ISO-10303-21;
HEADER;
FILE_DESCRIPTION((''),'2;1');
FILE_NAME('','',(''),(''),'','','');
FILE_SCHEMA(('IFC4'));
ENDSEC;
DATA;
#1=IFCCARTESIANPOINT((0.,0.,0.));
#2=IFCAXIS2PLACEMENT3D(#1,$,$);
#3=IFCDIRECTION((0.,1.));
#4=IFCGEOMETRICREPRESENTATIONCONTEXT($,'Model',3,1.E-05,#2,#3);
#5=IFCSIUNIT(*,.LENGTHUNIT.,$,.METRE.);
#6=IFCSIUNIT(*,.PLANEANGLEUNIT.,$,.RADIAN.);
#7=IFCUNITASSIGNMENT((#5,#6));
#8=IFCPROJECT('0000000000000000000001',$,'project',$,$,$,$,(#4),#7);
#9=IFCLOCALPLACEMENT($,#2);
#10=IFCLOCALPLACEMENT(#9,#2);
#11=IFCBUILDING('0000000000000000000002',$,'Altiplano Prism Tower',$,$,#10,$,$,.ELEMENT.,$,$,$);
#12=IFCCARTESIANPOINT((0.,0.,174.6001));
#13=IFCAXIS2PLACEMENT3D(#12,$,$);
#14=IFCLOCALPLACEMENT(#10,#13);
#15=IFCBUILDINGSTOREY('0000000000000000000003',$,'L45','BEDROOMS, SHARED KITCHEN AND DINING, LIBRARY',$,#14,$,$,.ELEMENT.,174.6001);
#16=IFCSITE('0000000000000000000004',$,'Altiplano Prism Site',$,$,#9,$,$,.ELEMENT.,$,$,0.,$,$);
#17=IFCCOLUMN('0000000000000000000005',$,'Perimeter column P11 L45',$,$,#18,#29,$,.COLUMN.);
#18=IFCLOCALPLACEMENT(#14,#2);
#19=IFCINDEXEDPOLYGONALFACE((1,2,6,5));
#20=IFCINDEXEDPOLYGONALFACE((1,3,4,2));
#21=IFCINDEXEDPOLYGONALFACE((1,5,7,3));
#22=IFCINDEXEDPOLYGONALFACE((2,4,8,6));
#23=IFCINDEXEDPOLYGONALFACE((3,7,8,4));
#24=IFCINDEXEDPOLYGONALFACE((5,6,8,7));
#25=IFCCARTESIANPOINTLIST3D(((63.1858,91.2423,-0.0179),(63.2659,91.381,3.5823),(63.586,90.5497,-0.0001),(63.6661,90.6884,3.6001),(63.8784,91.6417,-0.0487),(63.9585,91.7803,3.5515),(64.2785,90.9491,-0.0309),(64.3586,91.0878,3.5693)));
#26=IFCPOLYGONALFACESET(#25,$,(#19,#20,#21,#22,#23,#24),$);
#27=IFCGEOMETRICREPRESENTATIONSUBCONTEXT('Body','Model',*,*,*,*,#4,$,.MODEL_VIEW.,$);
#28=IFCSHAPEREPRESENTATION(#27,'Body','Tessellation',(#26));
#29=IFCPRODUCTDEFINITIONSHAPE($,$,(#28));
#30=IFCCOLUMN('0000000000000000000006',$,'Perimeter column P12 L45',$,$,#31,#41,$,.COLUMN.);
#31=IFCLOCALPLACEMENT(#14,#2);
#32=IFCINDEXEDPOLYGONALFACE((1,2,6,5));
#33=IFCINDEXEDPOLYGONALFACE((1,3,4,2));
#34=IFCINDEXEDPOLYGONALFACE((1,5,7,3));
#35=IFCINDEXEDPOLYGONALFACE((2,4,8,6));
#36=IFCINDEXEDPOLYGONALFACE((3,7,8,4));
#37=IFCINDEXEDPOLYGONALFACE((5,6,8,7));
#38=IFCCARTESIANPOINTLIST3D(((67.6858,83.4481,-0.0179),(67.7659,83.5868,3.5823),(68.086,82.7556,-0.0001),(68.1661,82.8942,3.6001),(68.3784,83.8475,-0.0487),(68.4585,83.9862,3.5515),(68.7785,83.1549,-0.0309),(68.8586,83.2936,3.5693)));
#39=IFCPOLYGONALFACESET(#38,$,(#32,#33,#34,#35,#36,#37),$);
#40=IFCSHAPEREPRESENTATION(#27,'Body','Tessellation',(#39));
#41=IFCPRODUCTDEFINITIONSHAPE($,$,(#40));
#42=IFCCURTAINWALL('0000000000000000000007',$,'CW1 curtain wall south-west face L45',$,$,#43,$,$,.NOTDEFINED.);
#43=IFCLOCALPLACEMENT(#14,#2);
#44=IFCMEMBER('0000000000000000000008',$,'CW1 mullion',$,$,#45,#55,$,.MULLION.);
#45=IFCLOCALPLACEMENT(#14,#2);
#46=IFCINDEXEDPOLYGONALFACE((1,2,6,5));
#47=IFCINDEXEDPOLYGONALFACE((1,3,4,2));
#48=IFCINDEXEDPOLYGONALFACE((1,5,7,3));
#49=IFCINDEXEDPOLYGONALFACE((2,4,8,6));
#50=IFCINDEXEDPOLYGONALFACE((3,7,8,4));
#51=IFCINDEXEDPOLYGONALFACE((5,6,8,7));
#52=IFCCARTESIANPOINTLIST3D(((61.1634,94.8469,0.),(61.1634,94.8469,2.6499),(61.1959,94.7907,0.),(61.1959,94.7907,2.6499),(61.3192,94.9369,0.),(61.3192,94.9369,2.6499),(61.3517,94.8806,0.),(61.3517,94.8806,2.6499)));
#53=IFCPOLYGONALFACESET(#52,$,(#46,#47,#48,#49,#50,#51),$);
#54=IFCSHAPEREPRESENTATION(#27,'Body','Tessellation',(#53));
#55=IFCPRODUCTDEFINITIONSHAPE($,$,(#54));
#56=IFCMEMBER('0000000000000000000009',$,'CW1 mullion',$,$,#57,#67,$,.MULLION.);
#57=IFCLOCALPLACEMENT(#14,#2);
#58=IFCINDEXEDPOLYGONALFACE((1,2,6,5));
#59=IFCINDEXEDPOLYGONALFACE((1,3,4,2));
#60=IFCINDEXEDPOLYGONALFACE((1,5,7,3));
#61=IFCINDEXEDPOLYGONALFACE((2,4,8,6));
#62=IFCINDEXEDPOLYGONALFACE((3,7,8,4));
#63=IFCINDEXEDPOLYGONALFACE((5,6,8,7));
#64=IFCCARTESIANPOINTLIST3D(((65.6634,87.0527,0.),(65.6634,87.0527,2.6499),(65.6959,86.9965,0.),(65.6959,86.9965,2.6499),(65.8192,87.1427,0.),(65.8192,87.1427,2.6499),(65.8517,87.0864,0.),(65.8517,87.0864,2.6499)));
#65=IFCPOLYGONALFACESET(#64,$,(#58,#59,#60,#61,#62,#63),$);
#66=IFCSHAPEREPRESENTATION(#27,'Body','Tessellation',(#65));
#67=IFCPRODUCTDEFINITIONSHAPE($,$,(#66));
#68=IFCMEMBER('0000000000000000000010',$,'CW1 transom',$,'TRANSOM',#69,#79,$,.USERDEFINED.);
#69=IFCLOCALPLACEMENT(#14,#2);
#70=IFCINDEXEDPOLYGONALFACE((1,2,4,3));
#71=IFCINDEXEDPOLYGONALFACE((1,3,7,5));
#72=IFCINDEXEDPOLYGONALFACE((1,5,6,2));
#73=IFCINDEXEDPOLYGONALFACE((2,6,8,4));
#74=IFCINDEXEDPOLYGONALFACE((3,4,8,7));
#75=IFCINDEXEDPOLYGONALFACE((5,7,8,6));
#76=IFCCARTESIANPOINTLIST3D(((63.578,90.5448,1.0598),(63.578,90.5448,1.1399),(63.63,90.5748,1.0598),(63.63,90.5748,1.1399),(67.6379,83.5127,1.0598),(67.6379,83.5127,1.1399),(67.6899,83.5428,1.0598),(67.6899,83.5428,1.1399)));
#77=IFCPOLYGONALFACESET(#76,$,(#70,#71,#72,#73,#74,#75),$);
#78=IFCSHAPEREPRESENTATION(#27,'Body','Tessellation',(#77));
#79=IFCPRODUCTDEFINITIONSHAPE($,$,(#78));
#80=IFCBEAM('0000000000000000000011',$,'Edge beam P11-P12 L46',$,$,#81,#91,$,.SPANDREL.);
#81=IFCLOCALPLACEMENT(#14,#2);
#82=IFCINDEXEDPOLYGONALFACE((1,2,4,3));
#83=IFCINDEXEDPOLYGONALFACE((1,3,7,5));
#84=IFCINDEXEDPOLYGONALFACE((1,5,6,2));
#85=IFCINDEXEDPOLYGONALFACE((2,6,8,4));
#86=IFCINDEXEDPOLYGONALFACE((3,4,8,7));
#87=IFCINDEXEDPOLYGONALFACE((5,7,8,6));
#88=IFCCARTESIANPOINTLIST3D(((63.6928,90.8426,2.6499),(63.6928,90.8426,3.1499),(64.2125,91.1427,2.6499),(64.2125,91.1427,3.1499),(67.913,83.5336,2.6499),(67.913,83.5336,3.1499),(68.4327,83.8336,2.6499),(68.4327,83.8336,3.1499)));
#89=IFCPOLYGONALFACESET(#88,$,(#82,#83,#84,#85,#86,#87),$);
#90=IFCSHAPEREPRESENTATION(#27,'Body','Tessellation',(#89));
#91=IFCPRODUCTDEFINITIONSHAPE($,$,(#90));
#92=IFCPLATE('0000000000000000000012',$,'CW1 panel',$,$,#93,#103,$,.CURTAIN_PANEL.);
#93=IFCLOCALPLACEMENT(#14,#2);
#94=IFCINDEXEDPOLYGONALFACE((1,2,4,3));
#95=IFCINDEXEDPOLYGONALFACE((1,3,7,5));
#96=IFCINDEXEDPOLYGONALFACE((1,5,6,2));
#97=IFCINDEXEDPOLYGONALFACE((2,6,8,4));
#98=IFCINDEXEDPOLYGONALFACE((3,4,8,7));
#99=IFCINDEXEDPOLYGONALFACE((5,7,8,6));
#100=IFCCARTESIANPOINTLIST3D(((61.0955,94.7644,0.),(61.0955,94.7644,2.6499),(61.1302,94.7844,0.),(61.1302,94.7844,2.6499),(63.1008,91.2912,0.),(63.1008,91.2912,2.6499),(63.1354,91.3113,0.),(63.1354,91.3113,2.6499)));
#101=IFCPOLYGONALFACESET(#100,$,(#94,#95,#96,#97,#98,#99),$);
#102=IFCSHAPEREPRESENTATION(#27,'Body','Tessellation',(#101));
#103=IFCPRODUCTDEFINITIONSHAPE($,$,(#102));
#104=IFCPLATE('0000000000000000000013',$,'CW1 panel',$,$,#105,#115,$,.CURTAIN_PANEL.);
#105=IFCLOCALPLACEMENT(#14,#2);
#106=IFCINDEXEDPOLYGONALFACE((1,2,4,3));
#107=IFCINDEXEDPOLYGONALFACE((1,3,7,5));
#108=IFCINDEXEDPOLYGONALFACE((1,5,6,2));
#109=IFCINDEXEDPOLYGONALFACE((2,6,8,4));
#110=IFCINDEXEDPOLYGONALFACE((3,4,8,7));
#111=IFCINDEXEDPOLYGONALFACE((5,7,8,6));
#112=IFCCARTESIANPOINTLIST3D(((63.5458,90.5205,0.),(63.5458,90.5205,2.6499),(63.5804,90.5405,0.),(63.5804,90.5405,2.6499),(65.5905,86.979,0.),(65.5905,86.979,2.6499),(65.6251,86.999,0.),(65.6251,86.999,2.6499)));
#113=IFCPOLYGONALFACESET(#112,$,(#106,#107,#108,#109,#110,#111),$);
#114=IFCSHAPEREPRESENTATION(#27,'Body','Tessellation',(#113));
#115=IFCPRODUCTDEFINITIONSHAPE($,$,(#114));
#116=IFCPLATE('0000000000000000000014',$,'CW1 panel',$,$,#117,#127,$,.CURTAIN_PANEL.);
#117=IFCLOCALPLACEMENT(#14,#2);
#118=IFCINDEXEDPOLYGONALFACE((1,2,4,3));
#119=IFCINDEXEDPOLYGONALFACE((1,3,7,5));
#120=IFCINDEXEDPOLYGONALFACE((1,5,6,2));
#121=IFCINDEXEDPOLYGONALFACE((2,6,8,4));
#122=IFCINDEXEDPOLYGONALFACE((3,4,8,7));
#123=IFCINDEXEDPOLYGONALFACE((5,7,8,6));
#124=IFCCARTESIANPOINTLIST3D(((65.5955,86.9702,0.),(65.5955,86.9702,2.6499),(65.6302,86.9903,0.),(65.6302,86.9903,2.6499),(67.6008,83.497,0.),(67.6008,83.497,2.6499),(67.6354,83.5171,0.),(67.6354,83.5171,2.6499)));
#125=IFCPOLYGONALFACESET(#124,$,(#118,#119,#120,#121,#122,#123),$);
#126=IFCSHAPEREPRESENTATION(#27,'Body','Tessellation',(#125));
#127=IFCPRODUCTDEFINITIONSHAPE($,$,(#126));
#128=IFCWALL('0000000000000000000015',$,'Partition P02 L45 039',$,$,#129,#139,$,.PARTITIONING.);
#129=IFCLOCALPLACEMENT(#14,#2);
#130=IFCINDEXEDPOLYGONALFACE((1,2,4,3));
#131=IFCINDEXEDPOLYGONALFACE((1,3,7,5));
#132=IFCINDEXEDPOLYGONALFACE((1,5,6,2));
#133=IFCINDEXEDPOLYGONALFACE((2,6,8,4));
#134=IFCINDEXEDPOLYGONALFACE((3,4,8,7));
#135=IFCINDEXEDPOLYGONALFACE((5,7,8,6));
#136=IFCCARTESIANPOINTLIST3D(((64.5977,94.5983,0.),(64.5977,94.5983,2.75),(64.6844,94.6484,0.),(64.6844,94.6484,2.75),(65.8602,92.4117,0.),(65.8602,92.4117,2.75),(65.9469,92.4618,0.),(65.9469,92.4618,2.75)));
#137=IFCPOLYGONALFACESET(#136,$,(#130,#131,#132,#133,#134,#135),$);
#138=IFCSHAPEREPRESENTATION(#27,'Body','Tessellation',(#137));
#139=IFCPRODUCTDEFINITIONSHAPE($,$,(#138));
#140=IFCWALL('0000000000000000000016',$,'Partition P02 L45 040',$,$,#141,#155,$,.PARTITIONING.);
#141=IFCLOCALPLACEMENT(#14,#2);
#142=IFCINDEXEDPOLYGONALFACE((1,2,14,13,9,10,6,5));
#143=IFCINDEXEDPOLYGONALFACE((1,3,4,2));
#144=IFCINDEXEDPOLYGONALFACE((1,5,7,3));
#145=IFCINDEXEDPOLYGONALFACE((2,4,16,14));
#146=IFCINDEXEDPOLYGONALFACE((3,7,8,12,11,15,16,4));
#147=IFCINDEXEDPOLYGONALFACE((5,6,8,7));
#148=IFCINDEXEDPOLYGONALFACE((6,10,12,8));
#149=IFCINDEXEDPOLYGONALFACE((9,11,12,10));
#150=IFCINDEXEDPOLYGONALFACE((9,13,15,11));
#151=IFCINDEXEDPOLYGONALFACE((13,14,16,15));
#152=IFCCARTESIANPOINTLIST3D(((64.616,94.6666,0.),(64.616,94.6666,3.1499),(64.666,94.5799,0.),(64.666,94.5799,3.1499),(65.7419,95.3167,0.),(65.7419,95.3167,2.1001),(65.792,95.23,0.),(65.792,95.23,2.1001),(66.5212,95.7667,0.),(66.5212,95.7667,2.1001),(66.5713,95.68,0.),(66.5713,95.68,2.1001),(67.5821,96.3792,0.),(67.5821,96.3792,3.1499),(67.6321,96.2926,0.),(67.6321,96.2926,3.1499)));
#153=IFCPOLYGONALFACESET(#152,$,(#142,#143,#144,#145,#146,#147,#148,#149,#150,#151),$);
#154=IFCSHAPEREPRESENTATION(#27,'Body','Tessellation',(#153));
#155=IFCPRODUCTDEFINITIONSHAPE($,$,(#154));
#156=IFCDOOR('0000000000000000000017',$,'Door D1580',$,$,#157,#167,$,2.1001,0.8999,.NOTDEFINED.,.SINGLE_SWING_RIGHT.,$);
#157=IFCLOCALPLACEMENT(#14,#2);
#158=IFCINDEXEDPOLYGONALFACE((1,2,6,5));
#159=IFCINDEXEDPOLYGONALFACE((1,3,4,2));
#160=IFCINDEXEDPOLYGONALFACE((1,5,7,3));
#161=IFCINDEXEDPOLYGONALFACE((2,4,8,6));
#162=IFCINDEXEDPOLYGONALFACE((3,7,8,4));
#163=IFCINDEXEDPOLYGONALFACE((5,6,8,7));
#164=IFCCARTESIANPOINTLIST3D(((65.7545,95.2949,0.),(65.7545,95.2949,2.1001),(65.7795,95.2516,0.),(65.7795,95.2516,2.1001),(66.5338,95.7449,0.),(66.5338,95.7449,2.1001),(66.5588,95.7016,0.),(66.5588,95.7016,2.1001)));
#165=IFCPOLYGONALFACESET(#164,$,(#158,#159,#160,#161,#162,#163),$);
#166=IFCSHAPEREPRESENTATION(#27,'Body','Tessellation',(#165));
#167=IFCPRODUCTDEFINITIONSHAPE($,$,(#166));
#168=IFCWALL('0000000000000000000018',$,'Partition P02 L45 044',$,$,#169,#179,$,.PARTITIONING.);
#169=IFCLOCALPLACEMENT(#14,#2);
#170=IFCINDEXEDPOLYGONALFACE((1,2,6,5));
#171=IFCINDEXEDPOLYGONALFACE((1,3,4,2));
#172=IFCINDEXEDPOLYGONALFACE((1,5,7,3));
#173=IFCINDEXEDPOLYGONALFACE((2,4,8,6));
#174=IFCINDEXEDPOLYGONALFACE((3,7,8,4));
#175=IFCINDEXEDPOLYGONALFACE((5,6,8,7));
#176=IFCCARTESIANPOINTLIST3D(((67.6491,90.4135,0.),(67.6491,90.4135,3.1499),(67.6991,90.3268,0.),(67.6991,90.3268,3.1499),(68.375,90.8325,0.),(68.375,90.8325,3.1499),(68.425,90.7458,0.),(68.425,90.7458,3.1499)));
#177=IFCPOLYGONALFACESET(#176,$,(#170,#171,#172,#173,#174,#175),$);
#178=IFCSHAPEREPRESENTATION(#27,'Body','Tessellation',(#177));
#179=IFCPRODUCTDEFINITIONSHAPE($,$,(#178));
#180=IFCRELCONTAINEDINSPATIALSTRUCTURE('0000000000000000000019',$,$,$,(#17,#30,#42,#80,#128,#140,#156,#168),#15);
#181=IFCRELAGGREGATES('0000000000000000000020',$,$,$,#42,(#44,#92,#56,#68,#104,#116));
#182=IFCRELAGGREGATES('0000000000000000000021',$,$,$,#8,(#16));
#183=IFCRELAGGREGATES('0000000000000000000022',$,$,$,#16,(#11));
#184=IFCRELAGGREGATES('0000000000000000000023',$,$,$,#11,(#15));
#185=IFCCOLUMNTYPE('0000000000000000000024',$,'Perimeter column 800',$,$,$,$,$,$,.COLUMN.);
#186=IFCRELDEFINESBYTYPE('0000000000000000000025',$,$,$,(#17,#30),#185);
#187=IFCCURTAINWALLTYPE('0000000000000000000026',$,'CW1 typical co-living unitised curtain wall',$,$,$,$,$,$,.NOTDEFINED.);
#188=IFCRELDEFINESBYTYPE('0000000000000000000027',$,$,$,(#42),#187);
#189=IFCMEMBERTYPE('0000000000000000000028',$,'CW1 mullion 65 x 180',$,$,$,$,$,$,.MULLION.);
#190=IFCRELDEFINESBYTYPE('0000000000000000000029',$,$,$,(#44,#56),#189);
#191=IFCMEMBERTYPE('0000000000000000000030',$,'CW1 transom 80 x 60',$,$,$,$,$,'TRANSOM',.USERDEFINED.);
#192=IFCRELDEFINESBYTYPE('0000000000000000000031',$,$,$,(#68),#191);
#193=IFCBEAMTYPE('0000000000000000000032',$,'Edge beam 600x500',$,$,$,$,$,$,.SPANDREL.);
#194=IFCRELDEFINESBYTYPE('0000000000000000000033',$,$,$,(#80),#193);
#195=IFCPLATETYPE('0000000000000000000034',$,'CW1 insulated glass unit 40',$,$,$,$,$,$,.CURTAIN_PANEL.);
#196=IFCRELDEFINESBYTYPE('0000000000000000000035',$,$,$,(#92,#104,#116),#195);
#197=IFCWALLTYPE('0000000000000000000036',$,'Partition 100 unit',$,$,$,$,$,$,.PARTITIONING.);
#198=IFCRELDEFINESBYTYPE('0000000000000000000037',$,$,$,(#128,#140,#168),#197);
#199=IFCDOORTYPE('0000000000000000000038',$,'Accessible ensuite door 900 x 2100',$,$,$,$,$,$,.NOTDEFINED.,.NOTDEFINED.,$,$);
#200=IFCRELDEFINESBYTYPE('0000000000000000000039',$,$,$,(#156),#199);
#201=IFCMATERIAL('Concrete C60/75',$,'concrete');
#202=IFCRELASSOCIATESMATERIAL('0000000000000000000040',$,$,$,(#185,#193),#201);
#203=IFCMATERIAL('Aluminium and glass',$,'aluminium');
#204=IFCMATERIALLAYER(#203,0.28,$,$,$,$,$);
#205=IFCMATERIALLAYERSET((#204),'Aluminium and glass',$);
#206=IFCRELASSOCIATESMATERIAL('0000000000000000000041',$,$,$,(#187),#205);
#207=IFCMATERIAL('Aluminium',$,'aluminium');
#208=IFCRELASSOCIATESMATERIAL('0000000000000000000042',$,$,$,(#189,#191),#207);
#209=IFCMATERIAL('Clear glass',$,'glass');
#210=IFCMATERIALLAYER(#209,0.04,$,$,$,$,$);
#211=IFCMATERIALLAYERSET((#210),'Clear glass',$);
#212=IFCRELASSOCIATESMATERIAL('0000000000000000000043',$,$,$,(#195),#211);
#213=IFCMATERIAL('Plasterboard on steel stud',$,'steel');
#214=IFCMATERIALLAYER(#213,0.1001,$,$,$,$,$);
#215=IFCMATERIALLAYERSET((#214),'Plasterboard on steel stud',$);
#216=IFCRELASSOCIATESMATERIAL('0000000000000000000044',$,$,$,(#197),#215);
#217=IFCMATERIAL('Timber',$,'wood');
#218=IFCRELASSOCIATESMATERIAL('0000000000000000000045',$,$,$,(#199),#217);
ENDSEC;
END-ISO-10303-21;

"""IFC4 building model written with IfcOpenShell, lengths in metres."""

from ifc_helpers import new_model, si_unit, direction, frame, frame_2d, origin, origin_2d, place, context, subcontext, project, spatial, rectangle, extrude, material, layer, layer_set, material_profile, profile_set, type_object, element, fill, aggregate, save


model = new_model("IFC4")

# Units and contexts
model_context = context("Model", 3, precision=1e-05, world=origin(), true_north=direction((0.0, 1.0)))
body_context = subcontext(model_context, "Body", "Model", "MODEL_VIEW")
ifc_project = project(units=[si_unit("LENGTHUNIT", "METRE"), si_unit("PLANEANGLEUNIT", "RADIAN")], contexts=[model_context])

# Site, building, storey
site_placement = place(None, origin())
site = spatial("IfcSite", under=ifc_project, at=site_placement, Name="Altiplano Prism Site", CompositionType="ELEMENT", RefElevation=0.0)
building_placement = place(site_placement, origin())
building = spatial("IfcBuilding", under=site, at=building_placement, Name="Altiplano Prism Tower", CompositionType="ELEMENT")
storey_placement = place(building_placement, frame((0.0, 0.0, 174.6001)))
storey = spatial("IfcBuildingStorey", under=building, at=storey_placement, Name="L45", Description="BEDROOMS, SHARED KITCHEN AND DINING, LIBRARY", CompositionType="ELEMENT", Elevation=174.6001)

# Columns
ifc_material_1 = material(Name="Concrete C60/75", Category="concrete")
ifc_material_profile_1 = material_profile(ifc_material_1, rectangle(XDim=0.8, YDim=0.8, at=origin_2d()), Name="Perimeter column 800")
ifc_profile_set_1 = profile_set([ifc_material_profile_1], Name="Concrete C60/75")
column_type = type_object("IfcColumnType", Name="Perimeter column 800", PredefinedType="COLUMN", material=ifc_profile_set_1)
for number, where, z_axis, x_axis, name in (
    (1, (63.7322, 91.0957, -0.0244), (0.022221, 0.038481, 0.999012), (-0.865644, -0.499179, 0.038483), "Perimeter column P11 L45"),
    (2, (68.2322, 83.3015, -0.0244), (0.022221, 0.038481, 0.999012), (-0.865642, -0.499182, 0.038483), "Perimeter column P12 L45"),
):
    element("IfcColumn", number, at=place(storey_placement, frame(where, z_axis=z_axis, x_axis=x_axis)), inside=storey, type_object=column_type, Name=name, PredefinedType="COLUMN", context=body_context, shape_type="SweptSolid", body=[
        extrude(rectangle(XDim=0.8, YDim=0.8, at=origin_2d()), origin(), (0.0, 0.0, 1.0), 3.6038),
    ])

# Curtain wall, members
ifc_material_2 = material(Name="Aluminium and glass", Category="aluminium")
ifc_layer_1 = layer(ifc_material_2, 0.28)
ifc_layer_set_1 = layer_set([ifc_layer_1], Name="Aluminium and glass")
curtain_wall_type = type_object("IfcCurtainWallType", Name="CW1 typical co-living unitised curtain wall", PredefinedType="NOTDEFINED", material=ifc_layer_set_1)
curtain_wall_placement = place(storey_placement, origin())
curtain_wall = element("IfcCurtainWall", 3, at=curtain_wall_placement, inside=storey, type_object=curtain_wall_type, Name="CW1 curtain wall south-west face L45", PredefinedType="NOTDEFINED")
ifc_material_3 = material(Name="Aluminium", Category="aluminium")
ifc_material_profile_2 = material_profile(ifc_material_3, rectangle(XDim=0.1799, YDim=0.0649, at=origin_2d()), Name="CW1 mullion 65 x 180")
ifc_profile_set_2 = profile_set([ifc_material_profile_2], Name="Aluminium")
member_type_1 = type_object("IfcMemberType", Name="CW1 mullion 65 x 180", PredefinedType="MULLION", material=ifc_profile_set_2)
member_1_placement = place(storey_placement, frame((61.2576, 94.8638, 0.0), z_axis=(0.0, 0.0, 1.0), x_axis=(0.866025, 0.5, 0.0)))
member_1 = element("IfcMember", 4, at=member_1_placement, type_object=member_type_1, Name="CW1 mullion", PredefinedType="MULLION", context=body_context, shape_type="SweptSolid", body=[
    extrude(rectangle(XDim=0.1799, YDim=0.0649, at=origin_2d()), origin(), (0.0, 0.0, 1.0), 2.6499),
])
member_2_placement = place(storey_placement, frame((65.7576, 87.0696, 0.0), z_axis=(0.0, 0.0, 1.0), x_axis=(0.866025, 0.5, 0.0)))
member_2 = element("IfcMember", 5, at=member_2_placement, type_object=member_type_1, Name="CW1 mullion", PredefinedType="MULLION", context=body_context, shape_type="SweptSolid", body=[
    extrude(rectangle(XDim=0.1799, YDim=0.0649, at=origin_2d()), origin(), (0.0, 0.0, 1.0), 2.6499),
])
ifc_material_profile_3 = material_profile(ifc_material_3, rectangle(XDim=0.0601, YDim=0.0801, at=origin_2d()), Name="CW1 transom 80 x 60")
ifc_profile_set_3 = profile_set([ifc_material_profile_3], Name="Aluminium")
member_type_2 = type_object("IfcMemberType", Name="CW1 transom 80 x 60", ElementType="TRANSOM", PredefinedType="USERDEFINED", material=ifc_profile_set_3)
member_3_placement = place(storey_placement, frame((63.604, 90.5598, 1.0999), z_axis=(0.499991, -0.866031, 0.0), x_axis=(0.866031, 0.499991, 0.0)))
member_3 = element("IfcMember", 6, at=member_3_placement, type_object=member_type_2, Name="CW1 transom", ObjectType="TRANSOM", PredefinedType="USERDEFINED", context=body_context, shape_type="SweptSolid", body=[
    extrude(rectangle(XDim=0.0601, YDim=0.0801, at=origin_2d()), origin(), (0.0, 0.0, 1.0), 8.1199),
])

# Beam
ifc_material_profile_4 = material_profile(ifc_material_1, rectangle(XDim=0.6001, YDim=0.5, at=origin_2d()), Name="Edge beam 600x500")
ifc_profile_set_4 = profile_set([ifc_material_profile_4], Name="Concrete C60/75")
beam_type = type_object("IfcBeamType", Name="Edge beam 600x500", PredefinedType="SPANDREL", material=ifc_profile_set_4)
beam_placement = place(storey_placement, frame((63.9526, 90.9927, 2.8999), z_axis=(0.500028, -0.866009, 0.0), x_axis=(0.866009, 0.500028, 0.0)))
element("IfcBeam", 7, at=beam_placement, inside=storey, type_object=beam_type, Name="Edge beam P11-P12 L46", PredefinedType="SPANDREL", context=body_context, shape_type="SweptSolid", body=[
    extrude(rectangle(XDim=0.6001, YDim=0.5, at=origin_2d()), origin(), (0.0, 0.0, 1.0), 8.4399),
])

# Plates
ifc_material_4 = material(Name="Clear glass", Category="glass")
ifc_layer_2 = layer(ifc_material_4, 0.04)
ifc_layer_set_2 = layer_set([ifc_layer_2], Name="Clear glass")
plate_type = type_object("IfcPlateType", Name="CW1 insulated glass unit 40", PredefinedType="CURTAIN_PANEL", material=ifc_layer_set_2)
plate_1_placement = place(storey_placement, frame((62.1155, 93.0378, 0.0), z_axis=(0.0, 0.0, 1.0), x_axis=(0.5, -0.866025, 0.0)))
plate_1 = element("IfcPlate", 8, at=plate_1_placement, type_object=plate_type, Name="CW1 panel", PredefinedType="CURTAIN_PANEL", context=body_context, shape_type="SweptSolid", body=[
    extrude(rectangle(XDim=4.0105, YDim=0.04, at=origin_2d()), origin(), (0.0, 0.0, 1.0), 2.6499),
])
plate_2_placement = place(storey_placement, frame((64.5854, 88.7598, 0.0), z_axis=(0.0, 0.0, 1.0), x_axis=(0.5, -0.866025, 0.0)))
plate_2 = element("IfcPlate", 9, at=plate_2_placement, type_object=plate_type, Name="CW1 panel", PredefinedType="CURTAIN_PANEL", context=body_context, shape_type="SweptSolid", body=[
    extrude(rectangle(XDim=4.0894, YDim=0.04, at=origin_2d()), origin(), (0.0, 0.0, 1.0), 2.6499),
])
plate_3_placement = place(storey_placement, frame((66.6155, 85.2437, 0.0), z_axis=(0.0, 0.0, 1.0), x_axis=(0.5, -0.866025, 0.0)))
plate_3 = element("IfcPlate", 10, at=plate_3_placement, type_object=plate_type, Name="CW1 panel", PredefinedType="CURTAIN_PANEL", context=body_context, shape_type="SweptSolid", body=[
    extrude(rectangle(XDim=4.0105, YDim=0.04, at=origin_2d()), origin(), (0.0, 0.0, 1.0), 2.6499),
])
aggregate(curtain_wall, [member_1, plate_1, member_2, member_3, plate_2, plate_3])

# Wall
ifc_material_5 = material(Name="Plasterboard on steel stud", Category="steel")
ifc_layer_3 = layer(ifc_material_5, 0.1001)
ifc_layer_set_3 = layer_set([ifc_layer_3], Name="Plasterboard on steel stud")
wall_type_1 = type_object("IfcWallType", Name="Partition 100 unit", PredefinedType="PARTITIONING", material=ifc_layer_set_3)
wall_1_placement = place(storey_placement, frame((65.9036, 92.4368, 0.0), z_axis=(0.0, 0.0, 1.0), x_axis=(-0.500018, 0.866015, 0.0)))
element("IfcWall", 11, at=wall_1_placement, inside=storey, type_object=wall_type_1, Name="Partition P02 L45 039", PredefinedType="PARTITIONING", context=body_context, shape_type="SweptSolid", body=[
    extrude(rectangle(XDim=2.5249, YDim=0.1001, at=frame_2d((1.2625, 0.0))), origin(), (0.0, 0.0, 1.0), 2.75),
])

# Wall, opening, door
wall_2_placement = place(storey_placement, frame((64.6411, 94.6233, 0.0), z_axis=(0.0, 0.0, 1.0), x_axis=(0.866002, 0.500041, 0.0)))
wall_2 = element("IfcWall", 12, at=wall_2_placement, inside=storey, type_object=wall_type_1, Name="Partition P02 L45 040", PredefinedType="PARTITIONING", context=body_context, shape_type="SweptSolid", body=[
    extrude(rectangle(XDim=3.425, YDim=0.1001, at=frame_2d((1.7124, 0.0))), origin(), (0.0, 0.0, 1.0), 3.1499),
])
opening_1_placement = place(wall_2_placement, frame((1.3, 0.0, 0.0)))
opening_1 = element("IfcOpeningElement", 13, at=opening_1_placement, cuts=wall_2, PredefinedType="OPENING", context=body_context, shape_type="SweptSolid", body=[
    extrude(rectangle(XDim=0.8999, YDim=2.1001, at=frame_2d((0.45, 1.05))), frame((0.0, 0.0605, 0.0), z_axis=(0.0, -1.0, 0.0), x_axis=(1.0, 0.0, 0.0)), (0.0, 0.0, 1.0), 0.1211),
])
ifc_material_6 = material(Name="Timber", Category="wood")
door_type_1 = type_object("IfcDoorType", Name="Accessible ensuite door 900 x 2100", OperationType="NOTDEFINED", PredefinedType="NOTDEFINED", material=ifc_material_6)
door_1_placement = place(opening_1_placement, origin())
door_1 = element("IfcDoor", 14, at=door_1_placement, inside=storey, type_object=door_type_1, Name="Door D1580", OperationType="SINGLE_SWING_RIGHT", OverallHeight=2.1001, OverallWidth=0.8999, PredefinedType="NOTDEFINED", context=body_context, shape_type="SweptSolid", body=[
    extrude(rectangle(XDim=0.8999, YDim=2.1001, at=frame_2d((0.45, 1.05))), frame((0.0, 0.0249, 0.0), z_axis=(0.0, -1.0, 0.0), x_axis=(1.0, 0.0, 0.0)), (0.0, 0.0, 1.0), 0.05),
])
fill(opening_1, door_1)

# Wall
wall_3_placement = place(storey_placement, frame((68.3999, 90.7891, 0.0), z_axis=(0.0, 0.0, 1.0), x_axis=(-0.866084, -0.499899, 0.0)))
element("IfcWall", 15, at=wall_3_placement, inside=storey, type_object=wall_type_1, Name="Partition P02 L45 044", PredefinedType="PARTITIONING", context=body_context, shape_type="SweptSolid", body=[
    extrude(rectangle(XDim=0.8381, YDim=0.1001, at=frame_2d((0.4189, 0.0))), origin(), (0.0, 0.0, 1.0), 3.1499),
])

save(model, "model.ifc")
